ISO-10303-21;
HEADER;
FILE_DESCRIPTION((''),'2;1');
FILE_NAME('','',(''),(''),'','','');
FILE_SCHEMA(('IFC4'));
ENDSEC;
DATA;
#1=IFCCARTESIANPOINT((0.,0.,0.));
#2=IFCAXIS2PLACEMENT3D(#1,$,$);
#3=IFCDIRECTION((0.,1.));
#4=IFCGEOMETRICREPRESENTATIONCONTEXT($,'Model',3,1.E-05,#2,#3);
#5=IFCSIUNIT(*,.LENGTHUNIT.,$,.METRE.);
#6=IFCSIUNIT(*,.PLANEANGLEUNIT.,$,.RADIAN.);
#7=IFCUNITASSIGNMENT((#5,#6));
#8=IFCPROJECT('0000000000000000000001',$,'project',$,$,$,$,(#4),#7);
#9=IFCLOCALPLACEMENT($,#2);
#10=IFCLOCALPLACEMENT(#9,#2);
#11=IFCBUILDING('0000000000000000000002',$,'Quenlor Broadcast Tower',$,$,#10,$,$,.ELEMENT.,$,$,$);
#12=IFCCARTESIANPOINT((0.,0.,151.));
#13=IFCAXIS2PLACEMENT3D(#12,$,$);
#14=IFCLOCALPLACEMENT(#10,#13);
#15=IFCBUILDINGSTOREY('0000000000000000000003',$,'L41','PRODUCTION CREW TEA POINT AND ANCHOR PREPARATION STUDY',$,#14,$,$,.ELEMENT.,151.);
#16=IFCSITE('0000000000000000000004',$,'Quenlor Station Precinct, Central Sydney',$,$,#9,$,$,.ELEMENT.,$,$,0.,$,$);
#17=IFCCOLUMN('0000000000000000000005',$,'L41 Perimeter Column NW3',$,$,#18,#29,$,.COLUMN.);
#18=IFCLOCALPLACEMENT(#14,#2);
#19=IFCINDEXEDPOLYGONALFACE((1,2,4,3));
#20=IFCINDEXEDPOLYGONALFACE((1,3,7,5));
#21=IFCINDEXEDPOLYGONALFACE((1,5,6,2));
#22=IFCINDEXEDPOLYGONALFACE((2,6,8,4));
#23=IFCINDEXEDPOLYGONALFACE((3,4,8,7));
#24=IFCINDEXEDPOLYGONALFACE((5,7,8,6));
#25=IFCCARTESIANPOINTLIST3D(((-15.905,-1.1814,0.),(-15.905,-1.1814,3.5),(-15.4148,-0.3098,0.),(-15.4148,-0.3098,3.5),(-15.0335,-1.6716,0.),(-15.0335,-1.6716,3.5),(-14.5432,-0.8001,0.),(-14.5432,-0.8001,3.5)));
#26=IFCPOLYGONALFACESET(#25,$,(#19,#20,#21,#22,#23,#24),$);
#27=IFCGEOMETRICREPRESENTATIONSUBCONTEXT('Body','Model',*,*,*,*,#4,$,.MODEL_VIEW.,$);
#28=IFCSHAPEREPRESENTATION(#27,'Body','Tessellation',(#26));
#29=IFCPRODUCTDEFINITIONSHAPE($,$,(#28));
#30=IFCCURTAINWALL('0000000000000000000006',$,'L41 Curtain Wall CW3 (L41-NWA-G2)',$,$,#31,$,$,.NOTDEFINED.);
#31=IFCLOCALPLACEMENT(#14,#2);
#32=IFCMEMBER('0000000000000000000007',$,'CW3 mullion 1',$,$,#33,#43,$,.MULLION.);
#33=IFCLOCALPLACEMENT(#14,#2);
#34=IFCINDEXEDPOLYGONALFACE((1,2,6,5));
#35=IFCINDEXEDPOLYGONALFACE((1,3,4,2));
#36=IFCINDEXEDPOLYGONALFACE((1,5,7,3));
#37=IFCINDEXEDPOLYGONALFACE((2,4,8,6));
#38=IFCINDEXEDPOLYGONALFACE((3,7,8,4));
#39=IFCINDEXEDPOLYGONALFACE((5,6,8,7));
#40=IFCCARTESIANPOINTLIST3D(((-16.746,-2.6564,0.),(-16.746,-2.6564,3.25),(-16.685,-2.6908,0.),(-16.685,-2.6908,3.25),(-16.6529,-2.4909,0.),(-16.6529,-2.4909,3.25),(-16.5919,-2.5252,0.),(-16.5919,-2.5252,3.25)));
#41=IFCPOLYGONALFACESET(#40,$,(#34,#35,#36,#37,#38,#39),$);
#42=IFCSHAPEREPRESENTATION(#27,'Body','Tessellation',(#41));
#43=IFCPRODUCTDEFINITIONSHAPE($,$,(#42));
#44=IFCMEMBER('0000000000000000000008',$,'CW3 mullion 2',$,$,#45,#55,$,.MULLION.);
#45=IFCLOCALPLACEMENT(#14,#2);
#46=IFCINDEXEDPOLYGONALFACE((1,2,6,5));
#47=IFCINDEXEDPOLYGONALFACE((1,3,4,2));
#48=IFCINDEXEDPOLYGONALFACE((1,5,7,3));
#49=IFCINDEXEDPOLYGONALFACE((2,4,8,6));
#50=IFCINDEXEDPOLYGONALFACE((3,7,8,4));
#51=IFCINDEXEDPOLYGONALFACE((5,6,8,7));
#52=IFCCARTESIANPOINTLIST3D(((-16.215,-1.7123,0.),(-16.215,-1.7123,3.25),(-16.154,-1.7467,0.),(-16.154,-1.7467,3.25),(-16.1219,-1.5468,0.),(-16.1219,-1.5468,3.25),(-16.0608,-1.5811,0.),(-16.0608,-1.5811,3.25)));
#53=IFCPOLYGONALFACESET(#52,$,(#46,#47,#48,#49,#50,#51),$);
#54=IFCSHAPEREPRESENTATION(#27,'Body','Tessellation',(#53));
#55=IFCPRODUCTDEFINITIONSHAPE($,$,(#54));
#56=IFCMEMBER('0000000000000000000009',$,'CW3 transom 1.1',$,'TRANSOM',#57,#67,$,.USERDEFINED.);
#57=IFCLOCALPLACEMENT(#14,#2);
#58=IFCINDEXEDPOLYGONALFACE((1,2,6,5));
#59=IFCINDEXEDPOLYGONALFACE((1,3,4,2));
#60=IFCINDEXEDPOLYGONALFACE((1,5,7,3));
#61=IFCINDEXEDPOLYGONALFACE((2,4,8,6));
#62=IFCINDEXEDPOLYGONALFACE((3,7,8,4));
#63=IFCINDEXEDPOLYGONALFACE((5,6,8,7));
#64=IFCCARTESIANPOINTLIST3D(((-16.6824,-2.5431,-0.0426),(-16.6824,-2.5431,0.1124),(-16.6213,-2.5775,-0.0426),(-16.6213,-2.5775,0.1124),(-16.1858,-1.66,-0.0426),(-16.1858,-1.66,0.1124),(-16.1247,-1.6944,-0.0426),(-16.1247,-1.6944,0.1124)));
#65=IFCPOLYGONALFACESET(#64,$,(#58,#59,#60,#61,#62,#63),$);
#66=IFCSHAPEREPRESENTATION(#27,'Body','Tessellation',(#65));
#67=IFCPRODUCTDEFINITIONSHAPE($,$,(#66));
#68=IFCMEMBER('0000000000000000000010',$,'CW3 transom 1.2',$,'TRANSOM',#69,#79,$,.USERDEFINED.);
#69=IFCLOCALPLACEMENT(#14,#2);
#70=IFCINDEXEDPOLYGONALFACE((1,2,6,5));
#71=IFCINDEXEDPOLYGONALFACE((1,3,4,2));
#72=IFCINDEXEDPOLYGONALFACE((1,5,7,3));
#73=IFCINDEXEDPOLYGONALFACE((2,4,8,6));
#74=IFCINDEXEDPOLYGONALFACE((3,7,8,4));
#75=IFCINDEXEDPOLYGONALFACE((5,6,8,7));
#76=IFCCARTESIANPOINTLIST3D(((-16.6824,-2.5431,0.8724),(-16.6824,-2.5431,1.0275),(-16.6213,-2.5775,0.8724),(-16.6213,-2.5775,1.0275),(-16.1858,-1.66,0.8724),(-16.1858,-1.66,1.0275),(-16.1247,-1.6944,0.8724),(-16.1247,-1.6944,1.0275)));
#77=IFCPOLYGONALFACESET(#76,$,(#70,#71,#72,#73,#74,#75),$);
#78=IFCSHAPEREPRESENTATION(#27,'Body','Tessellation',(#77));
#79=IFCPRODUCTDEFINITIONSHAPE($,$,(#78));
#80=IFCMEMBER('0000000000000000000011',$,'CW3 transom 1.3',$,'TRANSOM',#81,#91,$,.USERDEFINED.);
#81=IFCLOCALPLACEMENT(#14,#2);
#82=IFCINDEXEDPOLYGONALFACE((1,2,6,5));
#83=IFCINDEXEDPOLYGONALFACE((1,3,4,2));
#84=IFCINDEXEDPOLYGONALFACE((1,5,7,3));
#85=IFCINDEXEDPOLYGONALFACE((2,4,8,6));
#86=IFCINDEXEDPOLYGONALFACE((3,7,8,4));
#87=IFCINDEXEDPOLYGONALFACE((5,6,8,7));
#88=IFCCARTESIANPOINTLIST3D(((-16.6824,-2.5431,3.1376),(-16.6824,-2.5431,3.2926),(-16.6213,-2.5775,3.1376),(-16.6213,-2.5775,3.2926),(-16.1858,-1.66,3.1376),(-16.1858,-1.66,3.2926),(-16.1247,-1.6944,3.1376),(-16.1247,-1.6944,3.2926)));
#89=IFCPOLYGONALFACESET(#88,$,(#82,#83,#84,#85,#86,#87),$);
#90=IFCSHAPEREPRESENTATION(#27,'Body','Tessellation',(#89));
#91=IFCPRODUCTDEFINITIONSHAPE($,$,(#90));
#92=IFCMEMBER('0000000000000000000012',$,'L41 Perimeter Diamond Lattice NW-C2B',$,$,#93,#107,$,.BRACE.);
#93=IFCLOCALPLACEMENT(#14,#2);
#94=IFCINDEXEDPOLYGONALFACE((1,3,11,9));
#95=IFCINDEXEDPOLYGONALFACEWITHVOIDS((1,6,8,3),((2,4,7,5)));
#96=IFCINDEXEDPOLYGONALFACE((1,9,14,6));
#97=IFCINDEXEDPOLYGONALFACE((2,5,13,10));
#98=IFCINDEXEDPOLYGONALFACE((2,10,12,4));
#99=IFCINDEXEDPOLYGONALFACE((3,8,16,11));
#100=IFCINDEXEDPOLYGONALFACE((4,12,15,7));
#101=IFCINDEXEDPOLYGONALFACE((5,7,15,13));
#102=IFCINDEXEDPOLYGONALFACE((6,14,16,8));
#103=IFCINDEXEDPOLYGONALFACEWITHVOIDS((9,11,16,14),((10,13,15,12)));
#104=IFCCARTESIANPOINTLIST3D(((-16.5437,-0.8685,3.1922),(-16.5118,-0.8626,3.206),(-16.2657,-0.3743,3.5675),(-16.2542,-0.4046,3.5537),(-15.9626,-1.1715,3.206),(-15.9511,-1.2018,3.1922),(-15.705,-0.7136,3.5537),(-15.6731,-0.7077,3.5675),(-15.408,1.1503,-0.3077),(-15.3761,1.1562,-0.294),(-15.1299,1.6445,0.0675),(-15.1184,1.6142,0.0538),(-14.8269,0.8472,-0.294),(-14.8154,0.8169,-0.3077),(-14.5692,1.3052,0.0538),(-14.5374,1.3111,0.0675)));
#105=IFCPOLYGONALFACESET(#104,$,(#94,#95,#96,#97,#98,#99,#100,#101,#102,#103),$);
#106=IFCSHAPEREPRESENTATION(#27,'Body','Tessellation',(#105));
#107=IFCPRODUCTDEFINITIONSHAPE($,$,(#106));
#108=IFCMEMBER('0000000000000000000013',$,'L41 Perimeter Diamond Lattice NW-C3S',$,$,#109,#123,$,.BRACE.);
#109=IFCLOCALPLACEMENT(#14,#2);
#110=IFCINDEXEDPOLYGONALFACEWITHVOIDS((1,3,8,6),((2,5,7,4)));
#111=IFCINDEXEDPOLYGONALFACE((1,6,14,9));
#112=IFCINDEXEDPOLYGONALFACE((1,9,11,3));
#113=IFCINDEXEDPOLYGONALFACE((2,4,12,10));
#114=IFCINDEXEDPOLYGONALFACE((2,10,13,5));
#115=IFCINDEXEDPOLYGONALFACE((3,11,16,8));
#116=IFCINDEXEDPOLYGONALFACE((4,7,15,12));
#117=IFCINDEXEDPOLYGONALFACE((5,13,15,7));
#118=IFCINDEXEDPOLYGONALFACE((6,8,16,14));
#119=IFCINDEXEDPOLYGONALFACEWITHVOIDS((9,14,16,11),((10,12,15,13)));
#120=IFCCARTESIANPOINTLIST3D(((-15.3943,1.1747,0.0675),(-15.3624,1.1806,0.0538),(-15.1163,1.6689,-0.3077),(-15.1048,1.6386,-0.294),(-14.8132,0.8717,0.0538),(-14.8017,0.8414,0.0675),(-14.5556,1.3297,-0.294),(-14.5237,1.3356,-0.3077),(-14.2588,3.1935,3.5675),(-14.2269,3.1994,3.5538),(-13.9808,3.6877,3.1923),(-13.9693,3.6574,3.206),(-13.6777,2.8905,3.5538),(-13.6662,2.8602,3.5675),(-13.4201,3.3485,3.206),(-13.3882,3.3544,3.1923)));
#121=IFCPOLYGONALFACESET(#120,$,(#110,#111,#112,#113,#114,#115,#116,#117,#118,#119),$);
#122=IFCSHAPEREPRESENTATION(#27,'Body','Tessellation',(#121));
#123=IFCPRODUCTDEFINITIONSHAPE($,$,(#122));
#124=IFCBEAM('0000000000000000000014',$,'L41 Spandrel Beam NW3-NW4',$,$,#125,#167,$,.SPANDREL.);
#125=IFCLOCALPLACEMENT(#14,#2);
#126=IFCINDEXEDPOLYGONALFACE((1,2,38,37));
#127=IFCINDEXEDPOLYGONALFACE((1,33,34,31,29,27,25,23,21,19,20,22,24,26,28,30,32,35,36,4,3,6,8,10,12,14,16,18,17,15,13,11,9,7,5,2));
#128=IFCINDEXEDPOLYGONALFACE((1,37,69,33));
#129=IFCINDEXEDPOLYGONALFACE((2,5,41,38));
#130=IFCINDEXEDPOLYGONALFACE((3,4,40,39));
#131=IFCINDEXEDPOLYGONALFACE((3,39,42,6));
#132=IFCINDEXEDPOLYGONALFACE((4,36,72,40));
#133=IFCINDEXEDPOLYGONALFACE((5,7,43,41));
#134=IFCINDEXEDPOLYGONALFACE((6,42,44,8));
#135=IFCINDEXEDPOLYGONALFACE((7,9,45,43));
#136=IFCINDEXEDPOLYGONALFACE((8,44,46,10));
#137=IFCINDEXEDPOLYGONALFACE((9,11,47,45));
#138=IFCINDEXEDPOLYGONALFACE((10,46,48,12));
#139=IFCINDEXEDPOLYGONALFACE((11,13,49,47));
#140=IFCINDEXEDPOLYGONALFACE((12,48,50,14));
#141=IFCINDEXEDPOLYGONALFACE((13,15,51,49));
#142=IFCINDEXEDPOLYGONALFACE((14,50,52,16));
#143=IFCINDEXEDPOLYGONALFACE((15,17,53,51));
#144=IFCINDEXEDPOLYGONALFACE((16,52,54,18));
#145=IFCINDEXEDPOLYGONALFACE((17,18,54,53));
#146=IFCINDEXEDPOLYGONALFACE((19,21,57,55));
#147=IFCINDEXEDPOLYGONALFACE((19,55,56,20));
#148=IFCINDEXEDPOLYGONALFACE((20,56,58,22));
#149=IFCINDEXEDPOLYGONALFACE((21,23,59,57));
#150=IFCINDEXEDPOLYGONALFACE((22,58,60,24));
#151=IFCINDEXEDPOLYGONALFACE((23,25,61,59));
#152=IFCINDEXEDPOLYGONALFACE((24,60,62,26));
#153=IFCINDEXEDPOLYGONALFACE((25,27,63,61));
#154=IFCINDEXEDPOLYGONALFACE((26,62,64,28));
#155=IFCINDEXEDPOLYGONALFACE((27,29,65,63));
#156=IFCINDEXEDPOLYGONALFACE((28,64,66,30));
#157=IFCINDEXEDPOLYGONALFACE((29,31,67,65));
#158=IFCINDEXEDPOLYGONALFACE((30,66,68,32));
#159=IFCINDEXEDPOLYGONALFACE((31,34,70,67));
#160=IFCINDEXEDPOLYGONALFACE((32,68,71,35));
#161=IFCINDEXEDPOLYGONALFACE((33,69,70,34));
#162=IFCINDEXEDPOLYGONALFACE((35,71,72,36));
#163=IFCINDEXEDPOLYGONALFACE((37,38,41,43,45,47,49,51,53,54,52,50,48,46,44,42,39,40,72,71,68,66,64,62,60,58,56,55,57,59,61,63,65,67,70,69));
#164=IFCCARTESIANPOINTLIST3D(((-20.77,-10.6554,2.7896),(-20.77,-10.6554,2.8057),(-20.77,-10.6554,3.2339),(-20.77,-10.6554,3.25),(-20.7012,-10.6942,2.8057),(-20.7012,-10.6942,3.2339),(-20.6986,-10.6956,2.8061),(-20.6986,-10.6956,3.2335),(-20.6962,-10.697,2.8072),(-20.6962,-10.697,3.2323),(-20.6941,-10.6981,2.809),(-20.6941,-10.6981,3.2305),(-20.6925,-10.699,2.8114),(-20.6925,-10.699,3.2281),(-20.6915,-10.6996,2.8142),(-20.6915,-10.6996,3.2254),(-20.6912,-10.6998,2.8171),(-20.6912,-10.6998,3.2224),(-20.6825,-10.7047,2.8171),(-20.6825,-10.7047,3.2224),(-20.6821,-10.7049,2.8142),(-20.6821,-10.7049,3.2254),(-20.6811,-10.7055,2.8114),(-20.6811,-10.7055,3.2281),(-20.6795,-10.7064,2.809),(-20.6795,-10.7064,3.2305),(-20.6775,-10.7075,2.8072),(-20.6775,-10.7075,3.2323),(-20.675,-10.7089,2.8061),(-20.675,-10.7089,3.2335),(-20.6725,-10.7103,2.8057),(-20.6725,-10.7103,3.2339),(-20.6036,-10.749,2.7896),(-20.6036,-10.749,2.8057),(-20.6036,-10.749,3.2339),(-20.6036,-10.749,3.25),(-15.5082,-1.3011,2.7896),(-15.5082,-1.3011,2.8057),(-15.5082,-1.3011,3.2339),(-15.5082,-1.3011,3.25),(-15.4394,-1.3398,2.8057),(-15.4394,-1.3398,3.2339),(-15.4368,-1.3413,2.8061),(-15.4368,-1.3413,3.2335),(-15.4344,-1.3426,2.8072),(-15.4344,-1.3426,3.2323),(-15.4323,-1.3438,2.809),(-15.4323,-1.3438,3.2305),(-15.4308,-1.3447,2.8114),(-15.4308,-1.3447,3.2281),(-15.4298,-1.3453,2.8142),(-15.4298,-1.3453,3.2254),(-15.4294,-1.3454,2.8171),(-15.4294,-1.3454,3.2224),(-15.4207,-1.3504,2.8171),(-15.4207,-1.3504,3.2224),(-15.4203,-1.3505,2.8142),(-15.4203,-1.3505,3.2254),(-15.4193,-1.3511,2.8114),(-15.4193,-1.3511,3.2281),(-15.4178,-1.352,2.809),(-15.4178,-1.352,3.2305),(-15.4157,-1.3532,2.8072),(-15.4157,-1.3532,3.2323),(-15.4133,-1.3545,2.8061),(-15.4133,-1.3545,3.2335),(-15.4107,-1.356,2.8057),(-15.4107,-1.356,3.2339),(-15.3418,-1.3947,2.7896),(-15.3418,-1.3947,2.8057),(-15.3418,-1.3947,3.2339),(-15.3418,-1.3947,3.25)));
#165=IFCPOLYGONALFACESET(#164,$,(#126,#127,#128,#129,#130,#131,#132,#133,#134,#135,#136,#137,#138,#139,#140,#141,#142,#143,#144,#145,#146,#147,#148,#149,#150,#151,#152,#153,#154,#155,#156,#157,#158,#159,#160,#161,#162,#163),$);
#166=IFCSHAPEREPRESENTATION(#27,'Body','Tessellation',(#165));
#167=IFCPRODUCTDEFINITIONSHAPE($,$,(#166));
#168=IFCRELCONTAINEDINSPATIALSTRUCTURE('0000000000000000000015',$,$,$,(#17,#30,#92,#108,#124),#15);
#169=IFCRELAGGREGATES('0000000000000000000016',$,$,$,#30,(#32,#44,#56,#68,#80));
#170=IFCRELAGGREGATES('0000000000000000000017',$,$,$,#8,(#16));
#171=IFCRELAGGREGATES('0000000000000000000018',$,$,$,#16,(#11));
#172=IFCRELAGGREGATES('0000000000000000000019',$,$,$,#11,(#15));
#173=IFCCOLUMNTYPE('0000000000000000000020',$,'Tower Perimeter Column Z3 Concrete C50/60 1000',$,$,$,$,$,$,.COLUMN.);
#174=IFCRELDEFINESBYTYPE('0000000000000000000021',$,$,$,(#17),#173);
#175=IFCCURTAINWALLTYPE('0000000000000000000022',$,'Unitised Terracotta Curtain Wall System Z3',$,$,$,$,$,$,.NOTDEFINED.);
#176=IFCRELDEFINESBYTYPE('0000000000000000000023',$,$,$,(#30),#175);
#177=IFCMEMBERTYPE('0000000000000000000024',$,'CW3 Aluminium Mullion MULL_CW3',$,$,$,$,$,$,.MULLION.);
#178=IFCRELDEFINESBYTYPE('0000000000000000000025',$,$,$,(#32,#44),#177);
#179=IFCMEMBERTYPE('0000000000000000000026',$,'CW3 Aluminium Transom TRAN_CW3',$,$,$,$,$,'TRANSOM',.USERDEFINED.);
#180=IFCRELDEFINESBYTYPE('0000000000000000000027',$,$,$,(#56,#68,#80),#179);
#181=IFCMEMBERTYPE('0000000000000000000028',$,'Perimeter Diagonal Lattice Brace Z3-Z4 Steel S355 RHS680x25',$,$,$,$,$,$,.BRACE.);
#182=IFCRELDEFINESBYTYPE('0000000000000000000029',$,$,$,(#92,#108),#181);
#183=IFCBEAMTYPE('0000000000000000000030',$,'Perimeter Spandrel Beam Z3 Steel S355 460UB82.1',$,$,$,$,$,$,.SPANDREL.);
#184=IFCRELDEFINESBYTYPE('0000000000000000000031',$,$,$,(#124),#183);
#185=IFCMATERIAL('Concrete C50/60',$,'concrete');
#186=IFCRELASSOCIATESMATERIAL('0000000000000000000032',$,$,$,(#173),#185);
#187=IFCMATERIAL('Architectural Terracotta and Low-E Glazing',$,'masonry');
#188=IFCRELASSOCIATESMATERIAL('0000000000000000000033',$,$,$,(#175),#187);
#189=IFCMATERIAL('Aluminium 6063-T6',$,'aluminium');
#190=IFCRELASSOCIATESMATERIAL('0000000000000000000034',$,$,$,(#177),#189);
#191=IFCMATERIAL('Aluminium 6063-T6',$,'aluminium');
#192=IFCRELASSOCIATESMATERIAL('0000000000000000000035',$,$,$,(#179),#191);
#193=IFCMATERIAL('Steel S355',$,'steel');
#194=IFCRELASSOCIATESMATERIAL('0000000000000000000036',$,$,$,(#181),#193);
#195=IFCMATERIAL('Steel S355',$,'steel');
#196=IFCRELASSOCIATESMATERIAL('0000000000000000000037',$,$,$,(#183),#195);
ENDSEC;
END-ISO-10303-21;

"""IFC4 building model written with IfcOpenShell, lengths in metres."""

from ifc_helpers import new_model, si_unit, direction, frame, origin, origin_2d, place, context, subcontext, project, spatial, rectangle, hollow_rectangle, i_section, extrude, material, material_profile, profile_set, type_object, element, aggregate, save


model = new_model("IFC4")

# Units and contexts
model_context = context("Model", 3, precision=1e-05, world=origin(), true_north=direction((0.0, 1.0)))
body_context = subcontext(model_context, "Body", "Model", "MODEL_VIEW")
ifc_project = project(units=[si_unit("LENGTHUNIT", "METRE"), si_unit("PLANEANGLEUNIT", "RADIAN")], contexts=[model_context])

# Site, building, storey
site_placement = place(None, origin())
site = spatial("IfcSite", under=ifc_project, at=site_placement, Name="Quenlor Station Precinct, Central Sydney", CompositionType="ELEMENT", RefElevation=0.0)
building_placement = place(site_placement, origin())
building = spatial("IfcBuilding", under=site, at=building_placement, Name="Quenlor Broadcast Tower", CompositionType="ELEMENT")
storey_placement = place(building_placement, frame((0.0, 0.0, 151.0)))
storey = spatial("IfcBuildingStorey", under=building, at=storey_placement, Name="L41", Description="PRODUCTION CREW TEA POINT AND ANCHOR PREPARATION STUDY", CompositionType="ELEMENT", Elevation=151.0)

# Column
ifc_material_1 = material(Name="Concrete C50/60", Category="concrete")
ifc_material_profile_1 = material_profile(ifc_material_1, rectangle(XDim=1.0, YDim=1.0, at=origin_2d()))
ifc_profile_set_1 = profile_set([ifc_material_profile_1], Name="Concrete C50/60 RC1000x1000")
column_type = type_object("IfcColumnType", Name="Tower Perimeter Column Z3 Concrete C50/60 1000", PredefinedType="COLUMN", material=ifc_profile_set_1)
column_placement = place(storey_placement, frame((-15.2241, -0.9907, 0.0), z_axis=(0.0, 0.0, 1.0), x_axis=(-0.871575, 0.490262, 0.0)))
element("IfcColumn", 1, at=column_placement, inside=storey, type_object=column_type, Name="L41 Perimeter Column NW3", PredefinedType="COLUMN", context=body_context, shape_type="SweptSolid", body=[
    extrude(rectangle(XDim=1.0, YDim=1.0, at=origin_2d()), origin(), (0.0, 0.0, 1.0), 3.5),
])

# Curtain wall, members
ifc_material_2 = material(Name="Architectural Terracotta and Low-E Glazing", Category="masonry")
curtain_wall_type = type_object("IfcCurtainWallType", Name="Unitised Terracotta Curtain Wall System Z3", PredefinedType="NOTDEFINED", material=ifc_material_2)
curtain_wall_placement = place(storey_placement, origin())
curtain_wall = element("IfcCurtainWall", 2, at=curtain_wall_placement, inside=storey, type_object=curtain_wall_type, Name="L41 Curtain Wall CW3 (L41-NWA-G2)", PredefinedType="NOTDEFINED")
ifc_material_3 = material(Name="Aluminium 6063-T6", Category="aluminium")
ifc_material_profile_2 = material_profile(ifc_material_3, rectangle(XDim=0.0701, YDim=0.1899, at=origin_2d()))
ifc_profile_set_2 = profile_set([ifc_material_profile_2], Name="Aluminium 6063-T6 MULL70x190")
member_type_1 = type_object("IfcMemberType", Name="CW3 Aluminium Mullion MULL_CW3", PredefinedType="MULLION", material=ifc_profile_set_2)
member_1_placement = place(storey_placement, frame((-16.6689, -2.5908, 0.0), z_axis=(0.0, 0.0, 1.0), x_axis=(-0.87158, 0.490253, 0.0)))
member_1 = element("IfcMember", 3, at=member_1_placement, type_object=member_type_1, Name="CW3 mullion 1", PredefinedType="MULLION", context=body_context, shape_type="SweptSolid", body=[
    extrude(rectangle(XDim=0.0701, YDim=0.1899, at=origin_2d()), origin(), (0.0, 0.0, 1.0), 3.25),
])
member_2_placement = place(storey_placement, frame((-16.1379, -1.6467, 0.0), z_axis=(0.0, 0.0, 1.0), x_axis=(-0.87158, 0.490253, 0.0)))
member_2 = element("IfcMember", 4, at=member_2_placement, type_object=member_type_1, Name="CW3 mullion 2", PredefinedType="MULLION", context=body_context, shape_type="SweptSolid", body=[
    extrude(rectangle(XDim=0.0701, YDim=0.1899, at=origin_2d()), origin(), (0.0, 0.0, 1.0), 3.25),
])
ifc_material_4 = material(Name="Aluminium 6063-T6", Category="aluminium")
ifc_material_profile_3 = material_profile(ifc_material_4, rectangle(XDim=0.0701, YDim=0.155, at=origin_2d()))
ifc_profile_set_3 = profile_set([ifc_material_profile_3], Name="Aluminium 6063-T6 TRAN70x155")
member_type_2 = type_object("IfcMemberType", Name="CW3 Aluminium Transom TRAN_CW3", ElementType="TRANSOM", PredefinedType="USERDEFINED", material=ifc_profile_set_3)
member_3_placement = place(storey_placement, frame((-16.6519, -2.5603, 0.0349), z_axis=(0.490158, 0.871633, 0.0), x_axis=(-0.871633, 0.490158, 0.0)))
member_3 = element("IfcMember", 5, at=member_3_placement, type_object=member_type_2, Name="CW3 transom 1.1", ObjectType="TRANSOM", PredefinedType="USERDEFINED", context=body_context, shape_type="SweptSolid", body=[
    extrude(rectangle(XDim=0.0701, YDim=0.155, at=origin_2d()), origin(), (0.0, 0.0, 1.0), 1.0132),
])
member_4_placement = place(storey_placement, frame((-16.6519, -2.5603, 0.95), z_axis=(0.490158, 0.871633, 0.0), x_axis=(-0.871633, 0.490158, 0.0)))
member_4 = element("IfcMember", 6, at=member_4_placement, type_object=member_type_2, Name="CW3 transom 1.2", ObjectType="TRANSOM", PredefinedType="USERDEFINED", context=body_context, shape_type="SweptSolid", body=[
    extrude(rectangle(XDim=0.0701, YDim=0.155, at=origin_2d()), origin(), (0.0, 0.0, 1.0), 1.0132),
])
member_5_placement = place(storey_placement, frame((-16.6519, -2.5603, 3.2151), z_axis=(0.490158, 0.871633, 0.0), x_axis=(-0.871633, 0.490158, 0.0)))
member_5 = element("IfcMember", 7, at=member_5_placement, type_object=member_type_2, Name="CW3 transom 1.3", ObjectType="TRANSOM", PredefinedType="USERDEFINED", context=body_context, shape_type="SweptSolid", body=[
    extrude(rectangle(XDim=0.0701, YDim=0.155, at=origin_2d()), origin(), (0.0, 0.0, 1.0), 1.0132),
])

# Members
ifc_material_5 = material(Name="Steel S355", Category="steel")
ifc_material_profile_4 = material_profile(ifc_material_5, hollow_rectangle(XDim=0.6799, YDim=0.6799, WallThickness=0.0249, at=origin_2d()))
ifc_profile_set_4 = profile_set([ifc_material_profile_4], Name="Steel S355 RHS680x680x25")
member_type_3 = type_object("IfcMemberType", Name="Perimeter Diagonal Lattice Brace Z3-Z4 Steel S355 RHS680x25", PredefinedType="BRACE", material=ifc_profile_set_4)
for number, where, z_axis, x_axis, name in (
    (8, (-14.9727, 1.2307, -0.1201), (-0.270603, -0.481001, 0.833914), (0.871545, -0.490316, 0.0), "L41 Perimeter Diamond Lattice NW-C2B"),
    (9, (-14.959, 1.2551, -0.1201), (0.270549, 0.481009, 0.833927), (-0.87159, 0.490236, 0.0), "L41 Perimeter Diamond Lattice NW-C3S"),
):
    element("IfcMember", number, at=place(storey_placement, frame(where, z_axis=z_axis, x_axis=x_axis)), inside=storey, type_object=member_type_3, Name=name, PredefinedType="BRACE", context=body_context, shape_type="SweptSolid", body=[
        extrude(hollow_rectangle(XDim=0.6799, YDim=0.6799, WallThickness=0.0249, at=origin_2d()), origin(), (0.0, 0.0, 1.0), 4.197),
    ])

# Beam
ifc_material_6 = material(Name="Steel S355", Category="steel")
ifc_material_profile_5 = material_profile(ifc_material_6, i_section(OverallWidth=0.1909, OverallDepth=0.4604, WebThickness=0.01, FlangeThickness=0.0161, FilletRadius=0.0115, at=origin_2d()))
ifc_profile_set_5 = profile_set([ifc_material_profile_5], Name="Steel S355 460UB82.1")
beam_type_1 = type_object("IfcBeamType", Name="Perimeter Spandrel Beam Z3 Steel S355 460UB82.1", PredefinedType="SPANDREL", material=ifc_profile_set_5)
beam_1_placement = place(storey_placement, frame((-15.425, -1.3479, 3.0198), z_axis=(-0.490258, -0.871577, 0.0), x_axis=(0.871577, -0.490258, 0.0)))
element("IfcBeam", 10, at=beam_1_placement, inside=storey, type_object=beam_type_1, Name="L41 Spandrel Beam NW3-NW4", PredefinedType="SPANDREL", context=body_context, shape_type="SweptSolid", body=[
    extrude(i_section(OverallWidth=0.1909, OverallDepth=0.4604, WebThickness=0.01, FlangeThickness=0.0161, FilletRadius=0.0115, at=origin_2d()), origin(), (0.0, 0.0, 1.0), 10.7327),
])

aggregate(curtain_wall, [member_1, member_2, member_3, member_4, member_5])

save(model, "model.ifc")
